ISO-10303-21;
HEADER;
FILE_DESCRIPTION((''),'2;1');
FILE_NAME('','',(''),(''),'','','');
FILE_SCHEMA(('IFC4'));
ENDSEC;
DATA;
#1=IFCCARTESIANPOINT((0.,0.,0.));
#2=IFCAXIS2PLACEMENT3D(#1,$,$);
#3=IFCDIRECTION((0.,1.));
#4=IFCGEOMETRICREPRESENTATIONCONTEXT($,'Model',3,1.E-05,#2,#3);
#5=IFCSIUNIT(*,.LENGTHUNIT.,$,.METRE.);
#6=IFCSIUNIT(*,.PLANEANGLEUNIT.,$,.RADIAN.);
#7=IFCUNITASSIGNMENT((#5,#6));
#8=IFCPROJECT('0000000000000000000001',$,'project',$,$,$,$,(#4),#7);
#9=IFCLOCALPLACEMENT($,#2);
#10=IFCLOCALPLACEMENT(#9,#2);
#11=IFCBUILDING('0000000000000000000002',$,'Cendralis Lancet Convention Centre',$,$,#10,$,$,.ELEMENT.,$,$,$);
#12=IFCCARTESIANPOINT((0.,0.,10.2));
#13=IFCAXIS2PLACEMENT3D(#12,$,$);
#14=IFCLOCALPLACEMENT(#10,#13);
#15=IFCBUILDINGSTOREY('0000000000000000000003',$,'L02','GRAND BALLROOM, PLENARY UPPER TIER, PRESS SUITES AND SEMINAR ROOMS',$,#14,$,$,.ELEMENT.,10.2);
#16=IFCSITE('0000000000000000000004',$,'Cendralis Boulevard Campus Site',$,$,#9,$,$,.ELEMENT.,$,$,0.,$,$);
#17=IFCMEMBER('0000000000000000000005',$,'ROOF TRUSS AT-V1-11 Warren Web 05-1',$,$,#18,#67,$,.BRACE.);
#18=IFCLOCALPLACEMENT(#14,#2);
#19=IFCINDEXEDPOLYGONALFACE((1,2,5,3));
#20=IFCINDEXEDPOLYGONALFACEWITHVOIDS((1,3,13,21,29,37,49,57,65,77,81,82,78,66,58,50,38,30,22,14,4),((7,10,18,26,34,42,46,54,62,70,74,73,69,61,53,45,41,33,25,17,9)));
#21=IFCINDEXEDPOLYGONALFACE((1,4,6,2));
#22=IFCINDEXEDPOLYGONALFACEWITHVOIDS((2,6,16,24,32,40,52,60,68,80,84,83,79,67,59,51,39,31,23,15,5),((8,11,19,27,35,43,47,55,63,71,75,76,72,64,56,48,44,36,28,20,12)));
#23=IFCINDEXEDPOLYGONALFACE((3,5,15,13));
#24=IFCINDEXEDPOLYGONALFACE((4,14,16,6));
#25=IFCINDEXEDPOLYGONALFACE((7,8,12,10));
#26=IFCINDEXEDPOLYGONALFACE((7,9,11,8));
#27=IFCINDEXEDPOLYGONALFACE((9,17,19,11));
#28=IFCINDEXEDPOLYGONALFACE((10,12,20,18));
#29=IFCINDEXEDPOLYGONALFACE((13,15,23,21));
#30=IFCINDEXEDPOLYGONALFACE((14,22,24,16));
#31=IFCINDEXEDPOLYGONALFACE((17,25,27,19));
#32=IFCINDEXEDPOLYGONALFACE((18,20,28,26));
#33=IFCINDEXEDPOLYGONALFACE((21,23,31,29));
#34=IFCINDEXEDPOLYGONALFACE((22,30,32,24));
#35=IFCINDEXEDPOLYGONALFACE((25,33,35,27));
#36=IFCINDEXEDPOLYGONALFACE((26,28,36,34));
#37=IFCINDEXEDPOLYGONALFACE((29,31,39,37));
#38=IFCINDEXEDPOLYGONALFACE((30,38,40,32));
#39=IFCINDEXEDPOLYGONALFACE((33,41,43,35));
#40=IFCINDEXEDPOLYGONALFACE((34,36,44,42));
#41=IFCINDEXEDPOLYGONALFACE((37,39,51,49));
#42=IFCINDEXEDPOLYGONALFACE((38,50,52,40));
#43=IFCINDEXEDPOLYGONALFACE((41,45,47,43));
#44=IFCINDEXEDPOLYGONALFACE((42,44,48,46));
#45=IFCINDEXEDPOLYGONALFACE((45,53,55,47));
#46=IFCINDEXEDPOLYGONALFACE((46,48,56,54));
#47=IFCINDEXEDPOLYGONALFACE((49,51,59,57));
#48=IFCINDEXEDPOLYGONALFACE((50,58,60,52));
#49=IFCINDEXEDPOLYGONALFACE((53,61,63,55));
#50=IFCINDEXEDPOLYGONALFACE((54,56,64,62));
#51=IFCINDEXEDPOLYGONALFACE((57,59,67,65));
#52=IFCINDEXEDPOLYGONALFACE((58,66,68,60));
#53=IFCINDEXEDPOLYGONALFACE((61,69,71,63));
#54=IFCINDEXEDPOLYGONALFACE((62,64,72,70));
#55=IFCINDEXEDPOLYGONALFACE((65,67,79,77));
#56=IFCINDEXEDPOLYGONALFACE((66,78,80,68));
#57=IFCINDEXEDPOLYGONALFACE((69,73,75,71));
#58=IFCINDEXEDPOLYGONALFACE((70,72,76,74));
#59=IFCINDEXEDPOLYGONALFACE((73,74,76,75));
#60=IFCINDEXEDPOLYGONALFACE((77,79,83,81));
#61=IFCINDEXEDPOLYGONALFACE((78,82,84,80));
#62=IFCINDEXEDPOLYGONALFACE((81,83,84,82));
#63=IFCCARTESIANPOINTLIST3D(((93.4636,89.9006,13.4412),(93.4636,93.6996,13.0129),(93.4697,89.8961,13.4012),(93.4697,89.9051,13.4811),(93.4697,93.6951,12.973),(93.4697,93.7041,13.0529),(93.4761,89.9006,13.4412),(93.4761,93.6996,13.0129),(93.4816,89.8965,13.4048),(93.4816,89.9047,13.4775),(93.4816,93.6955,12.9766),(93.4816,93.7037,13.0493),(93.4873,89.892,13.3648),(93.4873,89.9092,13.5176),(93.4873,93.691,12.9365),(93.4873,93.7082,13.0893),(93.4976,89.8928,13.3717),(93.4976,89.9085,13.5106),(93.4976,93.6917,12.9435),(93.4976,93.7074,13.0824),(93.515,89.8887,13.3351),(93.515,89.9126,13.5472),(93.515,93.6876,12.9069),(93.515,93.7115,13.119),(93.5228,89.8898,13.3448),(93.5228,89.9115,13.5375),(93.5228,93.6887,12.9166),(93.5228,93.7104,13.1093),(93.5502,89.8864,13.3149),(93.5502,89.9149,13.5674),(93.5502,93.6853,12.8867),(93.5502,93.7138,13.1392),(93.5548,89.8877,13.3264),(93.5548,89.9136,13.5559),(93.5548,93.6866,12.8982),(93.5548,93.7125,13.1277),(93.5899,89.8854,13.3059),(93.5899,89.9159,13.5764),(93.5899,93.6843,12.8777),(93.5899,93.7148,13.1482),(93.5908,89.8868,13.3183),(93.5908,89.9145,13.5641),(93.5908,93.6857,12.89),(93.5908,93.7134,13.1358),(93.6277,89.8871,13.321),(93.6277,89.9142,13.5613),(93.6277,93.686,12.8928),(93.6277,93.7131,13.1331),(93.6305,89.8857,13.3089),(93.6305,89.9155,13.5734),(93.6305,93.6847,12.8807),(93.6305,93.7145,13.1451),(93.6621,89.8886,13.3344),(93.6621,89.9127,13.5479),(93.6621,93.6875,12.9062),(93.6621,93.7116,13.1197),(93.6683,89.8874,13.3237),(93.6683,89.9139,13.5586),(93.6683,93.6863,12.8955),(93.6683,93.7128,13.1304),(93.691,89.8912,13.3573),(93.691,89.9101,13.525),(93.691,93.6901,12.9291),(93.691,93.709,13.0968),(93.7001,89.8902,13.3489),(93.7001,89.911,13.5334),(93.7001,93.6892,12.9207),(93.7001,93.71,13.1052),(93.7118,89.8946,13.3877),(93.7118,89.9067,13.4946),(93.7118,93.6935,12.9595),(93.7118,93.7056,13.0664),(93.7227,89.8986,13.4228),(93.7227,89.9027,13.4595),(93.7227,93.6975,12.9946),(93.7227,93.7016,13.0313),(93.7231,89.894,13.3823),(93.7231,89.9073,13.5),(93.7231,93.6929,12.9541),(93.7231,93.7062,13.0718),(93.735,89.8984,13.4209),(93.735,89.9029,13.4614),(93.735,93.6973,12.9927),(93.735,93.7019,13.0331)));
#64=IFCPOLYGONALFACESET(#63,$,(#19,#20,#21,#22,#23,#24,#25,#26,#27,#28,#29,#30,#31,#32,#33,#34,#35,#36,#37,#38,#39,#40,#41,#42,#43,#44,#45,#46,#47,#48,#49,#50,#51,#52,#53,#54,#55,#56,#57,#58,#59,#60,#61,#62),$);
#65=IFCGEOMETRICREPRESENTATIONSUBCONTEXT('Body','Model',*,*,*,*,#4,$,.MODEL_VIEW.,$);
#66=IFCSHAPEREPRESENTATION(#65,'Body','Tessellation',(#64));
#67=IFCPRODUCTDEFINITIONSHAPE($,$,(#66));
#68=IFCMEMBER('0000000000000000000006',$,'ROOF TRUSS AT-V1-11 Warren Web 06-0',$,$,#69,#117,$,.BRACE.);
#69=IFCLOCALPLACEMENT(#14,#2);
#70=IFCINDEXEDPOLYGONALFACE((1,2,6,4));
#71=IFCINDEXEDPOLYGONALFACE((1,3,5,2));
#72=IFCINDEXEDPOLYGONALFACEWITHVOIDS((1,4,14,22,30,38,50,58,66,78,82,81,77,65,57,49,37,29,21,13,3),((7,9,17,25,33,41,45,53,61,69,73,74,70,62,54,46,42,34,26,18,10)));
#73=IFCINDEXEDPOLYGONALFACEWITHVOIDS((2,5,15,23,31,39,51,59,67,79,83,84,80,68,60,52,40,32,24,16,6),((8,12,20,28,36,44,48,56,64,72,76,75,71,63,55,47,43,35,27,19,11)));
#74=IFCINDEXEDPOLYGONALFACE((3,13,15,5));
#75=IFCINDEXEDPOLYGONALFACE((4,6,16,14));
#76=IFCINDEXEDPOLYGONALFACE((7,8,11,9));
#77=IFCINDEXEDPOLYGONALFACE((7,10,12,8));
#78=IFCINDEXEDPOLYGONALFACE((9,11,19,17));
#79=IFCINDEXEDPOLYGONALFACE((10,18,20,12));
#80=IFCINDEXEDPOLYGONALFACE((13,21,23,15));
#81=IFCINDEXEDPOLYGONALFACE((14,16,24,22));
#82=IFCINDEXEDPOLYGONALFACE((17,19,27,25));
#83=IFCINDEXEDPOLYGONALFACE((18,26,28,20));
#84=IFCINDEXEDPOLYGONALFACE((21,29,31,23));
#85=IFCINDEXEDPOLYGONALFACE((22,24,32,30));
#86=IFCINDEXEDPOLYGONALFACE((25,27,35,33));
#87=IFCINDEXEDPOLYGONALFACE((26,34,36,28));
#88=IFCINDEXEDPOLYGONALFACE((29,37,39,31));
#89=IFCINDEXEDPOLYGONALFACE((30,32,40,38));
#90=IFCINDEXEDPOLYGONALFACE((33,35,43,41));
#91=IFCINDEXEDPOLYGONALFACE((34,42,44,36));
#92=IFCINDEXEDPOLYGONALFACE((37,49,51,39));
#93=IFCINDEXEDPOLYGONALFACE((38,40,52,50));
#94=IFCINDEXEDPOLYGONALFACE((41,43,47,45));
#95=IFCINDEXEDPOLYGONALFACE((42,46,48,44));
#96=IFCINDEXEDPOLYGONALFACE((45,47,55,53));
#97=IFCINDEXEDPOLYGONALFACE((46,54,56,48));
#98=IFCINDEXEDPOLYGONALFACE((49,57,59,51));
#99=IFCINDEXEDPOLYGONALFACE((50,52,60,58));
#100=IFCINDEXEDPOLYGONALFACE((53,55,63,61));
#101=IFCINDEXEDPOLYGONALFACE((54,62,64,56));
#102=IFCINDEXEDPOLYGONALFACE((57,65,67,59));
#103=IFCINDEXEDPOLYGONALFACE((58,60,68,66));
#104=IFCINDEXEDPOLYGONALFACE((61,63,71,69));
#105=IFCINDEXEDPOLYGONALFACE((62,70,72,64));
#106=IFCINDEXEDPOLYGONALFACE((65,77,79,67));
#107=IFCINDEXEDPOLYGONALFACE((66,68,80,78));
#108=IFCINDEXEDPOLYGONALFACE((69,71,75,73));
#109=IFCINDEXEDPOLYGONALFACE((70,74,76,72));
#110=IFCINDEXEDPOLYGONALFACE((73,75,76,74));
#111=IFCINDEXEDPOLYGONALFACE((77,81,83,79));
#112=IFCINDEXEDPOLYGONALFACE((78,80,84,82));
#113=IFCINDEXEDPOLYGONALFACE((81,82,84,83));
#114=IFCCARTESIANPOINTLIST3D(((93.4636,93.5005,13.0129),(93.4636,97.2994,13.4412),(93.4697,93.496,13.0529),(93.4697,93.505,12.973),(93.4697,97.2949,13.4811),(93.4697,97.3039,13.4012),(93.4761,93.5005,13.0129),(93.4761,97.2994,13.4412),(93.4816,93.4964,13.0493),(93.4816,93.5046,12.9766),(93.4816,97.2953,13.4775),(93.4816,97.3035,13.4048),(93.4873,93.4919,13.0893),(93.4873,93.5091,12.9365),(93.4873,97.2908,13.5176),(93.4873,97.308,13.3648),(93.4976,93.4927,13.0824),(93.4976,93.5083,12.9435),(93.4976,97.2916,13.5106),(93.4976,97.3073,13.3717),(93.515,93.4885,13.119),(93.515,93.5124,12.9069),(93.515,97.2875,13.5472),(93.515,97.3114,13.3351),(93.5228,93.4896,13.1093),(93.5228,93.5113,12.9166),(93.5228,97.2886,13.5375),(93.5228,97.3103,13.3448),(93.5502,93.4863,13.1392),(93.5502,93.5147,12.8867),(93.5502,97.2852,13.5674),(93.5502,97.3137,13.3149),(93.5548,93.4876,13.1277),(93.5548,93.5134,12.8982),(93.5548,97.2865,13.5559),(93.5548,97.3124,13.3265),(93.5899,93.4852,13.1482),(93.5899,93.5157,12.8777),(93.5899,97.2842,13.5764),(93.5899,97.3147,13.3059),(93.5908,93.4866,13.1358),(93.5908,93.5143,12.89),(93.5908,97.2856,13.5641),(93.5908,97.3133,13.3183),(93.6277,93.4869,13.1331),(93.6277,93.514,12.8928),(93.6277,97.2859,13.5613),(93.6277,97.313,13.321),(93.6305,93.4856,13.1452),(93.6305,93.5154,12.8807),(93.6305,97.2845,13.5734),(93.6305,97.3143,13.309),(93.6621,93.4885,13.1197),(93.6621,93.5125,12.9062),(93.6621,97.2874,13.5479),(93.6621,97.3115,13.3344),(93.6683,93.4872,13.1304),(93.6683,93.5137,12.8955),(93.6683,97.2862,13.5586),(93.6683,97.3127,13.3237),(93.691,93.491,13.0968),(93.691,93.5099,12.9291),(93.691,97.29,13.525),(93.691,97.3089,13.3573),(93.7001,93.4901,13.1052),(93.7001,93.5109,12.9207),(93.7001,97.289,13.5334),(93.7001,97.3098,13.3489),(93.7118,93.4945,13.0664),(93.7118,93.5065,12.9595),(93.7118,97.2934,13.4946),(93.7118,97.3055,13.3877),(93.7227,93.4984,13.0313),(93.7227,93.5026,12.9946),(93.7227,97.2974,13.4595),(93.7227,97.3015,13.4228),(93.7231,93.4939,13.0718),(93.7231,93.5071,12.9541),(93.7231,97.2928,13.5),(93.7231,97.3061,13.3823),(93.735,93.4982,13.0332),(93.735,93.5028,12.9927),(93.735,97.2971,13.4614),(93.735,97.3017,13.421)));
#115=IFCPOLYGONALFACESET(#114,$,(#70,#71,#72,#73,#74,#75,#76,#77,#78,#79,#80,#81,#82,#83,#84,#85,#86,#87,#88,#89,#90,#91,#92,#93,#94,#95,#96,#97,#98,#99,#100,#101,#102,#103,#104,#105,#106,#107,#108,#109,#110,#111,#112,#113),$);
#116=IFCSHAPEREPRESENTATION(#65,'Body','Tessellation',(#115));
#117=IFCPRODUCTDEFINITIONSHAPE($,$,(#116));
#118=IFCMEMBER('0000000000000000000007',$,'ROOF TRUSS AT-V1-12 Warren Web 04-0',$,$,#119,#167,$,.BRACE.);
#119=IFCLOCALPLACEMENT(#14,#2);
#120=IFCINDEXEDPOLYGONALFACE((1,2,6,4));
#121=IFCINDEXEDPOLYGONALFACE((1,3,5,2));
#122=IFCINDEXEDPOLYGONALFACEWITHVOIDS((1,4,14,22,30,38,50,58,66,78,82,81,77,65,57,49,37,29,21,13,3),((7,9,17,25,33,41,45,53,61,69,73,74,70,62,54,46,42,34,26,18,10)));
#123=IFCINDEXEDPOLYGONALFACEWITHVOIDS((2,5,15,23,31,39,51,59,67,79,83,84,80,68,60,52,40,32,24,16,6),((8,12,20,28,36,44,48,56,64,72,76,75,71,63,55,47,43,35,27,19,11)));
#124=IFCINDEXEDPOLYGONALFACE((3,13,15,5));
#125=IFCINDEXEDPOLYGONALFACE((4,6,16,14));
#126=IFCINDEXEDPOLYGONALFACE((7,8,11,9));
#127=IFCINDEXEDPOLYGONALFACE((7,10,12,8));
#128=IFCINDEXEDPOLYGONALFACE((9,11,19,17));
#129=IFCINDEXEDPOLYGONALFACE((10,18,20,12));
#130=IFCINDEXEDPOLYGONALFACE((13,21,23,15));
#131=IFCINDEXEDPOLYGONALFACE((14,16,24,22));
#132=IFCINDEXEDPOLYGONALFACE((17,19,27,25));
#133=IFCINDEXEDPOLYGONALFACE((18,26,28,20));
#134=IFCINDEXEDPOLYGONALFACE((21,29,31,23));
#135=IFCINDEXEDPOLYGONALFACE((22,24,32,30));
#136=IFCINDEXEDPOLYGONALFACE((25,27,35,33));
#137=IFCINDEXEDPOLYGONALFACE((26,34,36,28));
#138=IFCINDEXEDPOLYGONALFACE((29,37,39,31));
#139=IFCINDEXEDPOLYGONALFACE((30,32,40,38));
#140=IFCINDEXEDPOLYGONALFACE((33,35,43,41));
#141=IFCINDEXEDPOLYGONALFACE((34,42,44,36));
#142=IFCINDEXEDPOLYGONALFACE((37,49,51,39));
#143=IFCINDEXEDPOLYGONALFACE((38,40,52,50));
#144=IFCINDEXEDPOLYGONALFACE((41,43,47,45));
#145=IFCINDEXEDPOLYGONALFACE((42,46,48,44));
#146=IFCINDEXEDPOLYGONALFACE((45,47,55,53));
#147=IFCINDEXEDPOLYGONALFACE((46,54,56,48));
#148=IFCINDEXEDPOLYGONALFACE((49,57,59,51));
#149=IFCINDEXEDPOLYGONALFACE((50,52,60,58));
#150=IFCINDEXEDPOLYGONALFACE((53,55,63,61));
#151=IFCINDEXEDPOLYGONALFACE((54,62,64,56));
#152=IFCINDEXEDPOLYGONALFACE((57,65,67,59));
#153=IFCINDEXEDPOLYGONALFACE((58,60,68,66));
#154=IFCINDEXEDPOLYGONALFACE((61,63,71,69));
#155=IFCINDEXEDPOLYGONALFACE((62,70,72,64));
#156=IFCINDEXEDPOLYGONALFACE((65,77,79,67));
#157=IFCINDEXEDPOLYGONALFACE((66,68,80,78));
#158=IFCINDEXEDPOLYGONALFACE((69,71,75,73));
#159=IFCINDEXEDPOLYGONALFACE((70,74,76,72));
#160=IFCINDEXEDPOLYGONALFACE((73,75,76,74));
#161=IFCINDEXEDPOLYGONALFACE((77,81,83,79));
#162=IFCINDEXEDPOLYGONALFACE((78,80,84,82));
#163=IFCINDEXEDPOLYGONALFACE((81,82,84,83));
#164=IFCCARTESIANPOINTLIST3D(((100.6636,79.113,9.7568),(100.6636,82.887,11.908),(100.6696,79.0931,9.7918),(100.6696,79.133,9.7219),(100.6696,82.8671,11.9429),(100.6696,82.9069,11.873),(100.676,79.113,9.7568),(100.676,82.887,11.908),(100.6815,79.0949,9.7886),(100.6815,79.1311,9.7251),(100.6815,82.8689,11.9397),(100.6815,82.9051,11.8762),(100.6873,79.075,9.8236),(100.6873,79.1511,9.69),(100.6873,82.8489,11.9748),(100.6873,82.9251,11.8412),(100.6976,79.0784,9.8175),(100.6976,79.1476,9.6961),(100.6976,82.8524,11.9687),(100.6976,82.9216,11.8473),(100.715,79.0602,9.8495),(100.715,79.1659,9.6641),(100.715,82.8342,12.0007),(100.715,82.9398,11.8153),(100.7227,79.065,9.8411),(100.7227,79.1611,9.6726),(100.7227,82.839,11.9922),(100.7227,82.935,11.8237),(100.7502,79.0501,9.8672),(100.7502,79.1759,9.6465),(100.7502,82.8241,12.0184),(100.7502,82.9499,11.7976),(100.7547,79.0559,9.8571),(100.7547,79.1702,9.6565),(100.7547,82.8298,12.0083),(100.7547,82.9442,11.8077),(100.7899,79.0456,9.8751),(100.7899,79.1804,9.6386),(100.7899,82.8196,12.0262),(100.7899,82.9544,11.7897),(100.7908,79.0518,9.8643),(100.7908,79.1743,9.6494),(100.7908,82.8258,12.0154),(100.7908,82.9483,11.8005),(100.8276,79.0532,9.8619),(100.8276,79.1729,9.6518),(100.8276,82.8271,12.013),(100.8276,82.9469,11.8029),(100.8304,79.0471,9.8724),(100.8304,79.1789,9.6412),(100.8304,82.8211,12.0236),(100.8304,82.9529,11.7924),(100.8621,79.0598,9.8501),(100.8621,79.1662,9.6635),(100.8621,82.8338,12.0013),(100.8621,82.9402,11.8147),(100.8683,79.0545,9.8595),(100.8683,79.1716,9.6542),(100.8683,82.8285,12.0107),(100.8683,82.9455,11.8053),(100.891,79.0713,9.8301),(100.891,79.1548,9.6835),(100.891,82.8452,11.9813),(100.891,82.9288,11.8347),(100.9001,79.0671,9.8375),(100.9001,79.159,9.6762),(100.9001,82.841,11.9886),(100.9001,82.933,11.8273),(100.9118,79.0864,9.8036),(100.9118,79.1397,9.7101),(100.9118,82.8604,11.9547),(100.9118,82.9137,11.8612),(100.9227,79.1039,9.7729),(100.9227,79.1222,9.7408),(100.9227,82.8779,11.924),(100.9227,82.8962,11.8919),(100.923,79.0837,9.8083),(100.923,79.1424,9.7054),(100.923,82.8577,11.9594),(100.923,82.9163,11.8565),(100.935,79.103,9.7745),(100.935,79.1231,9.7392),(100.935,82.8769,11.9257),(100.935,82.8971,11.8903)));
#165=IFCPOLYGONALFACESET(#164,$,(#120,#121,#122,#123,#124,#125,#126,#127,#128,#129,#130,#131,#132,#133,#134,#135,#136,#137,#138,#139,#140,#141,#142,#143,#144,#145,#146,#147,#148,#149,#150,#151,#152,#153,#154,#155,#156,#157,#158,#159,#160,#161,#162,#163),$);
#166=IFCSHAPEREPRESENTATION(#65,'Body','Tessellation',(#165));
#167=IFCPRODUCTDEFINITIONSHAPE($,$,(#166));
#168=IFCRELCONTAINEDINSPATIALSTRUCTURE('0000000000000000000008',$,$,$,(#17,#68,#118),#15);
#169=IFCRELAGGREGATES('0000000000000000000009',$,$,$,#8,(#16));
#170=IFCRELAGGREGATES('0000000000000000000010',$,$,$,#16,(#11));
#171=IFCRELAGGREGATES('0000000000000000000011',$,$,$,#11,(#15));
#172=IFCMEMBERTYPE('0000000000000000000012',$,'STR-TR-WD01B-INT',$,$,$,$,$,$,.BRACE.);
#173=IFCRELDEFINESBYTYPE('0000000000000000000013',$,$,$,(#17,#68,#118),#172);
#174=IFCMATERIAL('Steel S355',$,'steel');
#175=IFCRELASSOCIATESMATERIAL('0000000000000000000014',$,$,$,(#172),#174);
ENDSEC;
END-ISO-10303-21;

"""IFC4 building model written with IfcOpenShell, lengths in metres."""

from ifc_helpers import new_model, si_unit, direction, frame, origin, origin_2d, place, context, subcontext, project, spatial, hollow_circle, extrude, material, material_profile, profile_set, type_object, element, save


model = new_model("IFC4")

# Units and contexts
model_context = context("Model", 3, precision=1e-05, world=origin(), true_north=direction((0.0, 1.0)))
body_context = subcontext(model_context, "Body", "Model", "MODEL_VIEW")
ifc_project = project(units=[si_unit("LENGTHUNIT", "METRE"), si_unit("PLANEANGLEUNIT", "RADIAN")], contexts=[model_context])

# Site, building, storey
site_placement = place(None, origin())
site = spatial("IfcSite", under=ifc_project, at=site_placement, Name="Cendralis Boulevard Campus Site", CompositionType="ELEMENT", RefElevation=0.0)
building_placement = place(site_placement, origin())
building = spatial("IfcBuilding", under=site, at=building_placement, Name="Cendralis Lancet Convention Centre", CompositionType="ELEMENT")
storey_placement = place(building_placement, frame((0.0, 0.0, 10.2)))
storey = spatial("IfcBuildingStorey", under=building, at=storey_placement, Name="L02", Description="GRAND BALLROOM, PLENARY UPPER TIER, PRESS SUITES AND SEMINAR ROOMS", CompositionType="ELEMENT", Elevation=10.2)

# Members
ifc_material = material(Name="Steel S355", Category="steel")
ifc_material_profile_1 = material_profile(ifc_material, hollow_circle(Radius=0.1365, WallThickness=0.0125, at=origin_2d()), Name="CHS 273.0x12.5")
ifc_profile_set_1 = profile_set([ifc_material_profile_1], Name="Steel S355")
member_type_1 = type_object("IfcMemberType", Name="STR-TR-WD01B-INT", PredefinedType="BRACE", material=ifc_profile_set_1)
for number, where, z_axis, x_axis, name in (
    (1, (93.6001, 89.9006, 13.4412), (0.0, 0.993706, -0.112015), (-1.0, 0.0, 0.0), "ROOF TRUSS AT-V1-11 Warren Web 05-1"),
    (2, (93.6001, 93.5005, 13.0129), (0.0, 0.993706, 0.112015), (-1.0, 0.0, 0.0), "ROOF TRUSS AT-V1-11 Warren Web 06-0"),
):
    element("IfcMember", number, at=place(storey_placement, frame(where, z_axis=z_axis, x_axis=x_axis)), inside=storey, type_object=member_type_1, Name=name, PredefinedType="BRACE", context=body_context, shape_type="SweptSolid", body=[
        extrude(hollow_circle(Radius=0.1365, WallThickness=0.0125, at=origin_2d()), origin(), (0.0, 0.0, 1.0), 3.823),
    ])
member_1_placement = place(storey_placement, frame((100.8, 79.113, 9.7568), z_axis=(0.0, 0.868779, 0.4952), x_axis=(-1.0, 0.0, 0.0)))
element("IfcMember", 3, at=member_1_placement, inside=storey, type_object=member_type_1, Name="ROOF TRUSS AT-V1-12 Warren Web 04-0", PredefinedType="BRACE", context=body_context, shape_type="SweptSolid", body=[
    extrude(hollow_circle(Radius=0.1365, WallThickness=0.0125, at=origin_2d()), origin(), (0.0, 0.0, 1.0), 4.344),
])

save(model, "model.ifc")
